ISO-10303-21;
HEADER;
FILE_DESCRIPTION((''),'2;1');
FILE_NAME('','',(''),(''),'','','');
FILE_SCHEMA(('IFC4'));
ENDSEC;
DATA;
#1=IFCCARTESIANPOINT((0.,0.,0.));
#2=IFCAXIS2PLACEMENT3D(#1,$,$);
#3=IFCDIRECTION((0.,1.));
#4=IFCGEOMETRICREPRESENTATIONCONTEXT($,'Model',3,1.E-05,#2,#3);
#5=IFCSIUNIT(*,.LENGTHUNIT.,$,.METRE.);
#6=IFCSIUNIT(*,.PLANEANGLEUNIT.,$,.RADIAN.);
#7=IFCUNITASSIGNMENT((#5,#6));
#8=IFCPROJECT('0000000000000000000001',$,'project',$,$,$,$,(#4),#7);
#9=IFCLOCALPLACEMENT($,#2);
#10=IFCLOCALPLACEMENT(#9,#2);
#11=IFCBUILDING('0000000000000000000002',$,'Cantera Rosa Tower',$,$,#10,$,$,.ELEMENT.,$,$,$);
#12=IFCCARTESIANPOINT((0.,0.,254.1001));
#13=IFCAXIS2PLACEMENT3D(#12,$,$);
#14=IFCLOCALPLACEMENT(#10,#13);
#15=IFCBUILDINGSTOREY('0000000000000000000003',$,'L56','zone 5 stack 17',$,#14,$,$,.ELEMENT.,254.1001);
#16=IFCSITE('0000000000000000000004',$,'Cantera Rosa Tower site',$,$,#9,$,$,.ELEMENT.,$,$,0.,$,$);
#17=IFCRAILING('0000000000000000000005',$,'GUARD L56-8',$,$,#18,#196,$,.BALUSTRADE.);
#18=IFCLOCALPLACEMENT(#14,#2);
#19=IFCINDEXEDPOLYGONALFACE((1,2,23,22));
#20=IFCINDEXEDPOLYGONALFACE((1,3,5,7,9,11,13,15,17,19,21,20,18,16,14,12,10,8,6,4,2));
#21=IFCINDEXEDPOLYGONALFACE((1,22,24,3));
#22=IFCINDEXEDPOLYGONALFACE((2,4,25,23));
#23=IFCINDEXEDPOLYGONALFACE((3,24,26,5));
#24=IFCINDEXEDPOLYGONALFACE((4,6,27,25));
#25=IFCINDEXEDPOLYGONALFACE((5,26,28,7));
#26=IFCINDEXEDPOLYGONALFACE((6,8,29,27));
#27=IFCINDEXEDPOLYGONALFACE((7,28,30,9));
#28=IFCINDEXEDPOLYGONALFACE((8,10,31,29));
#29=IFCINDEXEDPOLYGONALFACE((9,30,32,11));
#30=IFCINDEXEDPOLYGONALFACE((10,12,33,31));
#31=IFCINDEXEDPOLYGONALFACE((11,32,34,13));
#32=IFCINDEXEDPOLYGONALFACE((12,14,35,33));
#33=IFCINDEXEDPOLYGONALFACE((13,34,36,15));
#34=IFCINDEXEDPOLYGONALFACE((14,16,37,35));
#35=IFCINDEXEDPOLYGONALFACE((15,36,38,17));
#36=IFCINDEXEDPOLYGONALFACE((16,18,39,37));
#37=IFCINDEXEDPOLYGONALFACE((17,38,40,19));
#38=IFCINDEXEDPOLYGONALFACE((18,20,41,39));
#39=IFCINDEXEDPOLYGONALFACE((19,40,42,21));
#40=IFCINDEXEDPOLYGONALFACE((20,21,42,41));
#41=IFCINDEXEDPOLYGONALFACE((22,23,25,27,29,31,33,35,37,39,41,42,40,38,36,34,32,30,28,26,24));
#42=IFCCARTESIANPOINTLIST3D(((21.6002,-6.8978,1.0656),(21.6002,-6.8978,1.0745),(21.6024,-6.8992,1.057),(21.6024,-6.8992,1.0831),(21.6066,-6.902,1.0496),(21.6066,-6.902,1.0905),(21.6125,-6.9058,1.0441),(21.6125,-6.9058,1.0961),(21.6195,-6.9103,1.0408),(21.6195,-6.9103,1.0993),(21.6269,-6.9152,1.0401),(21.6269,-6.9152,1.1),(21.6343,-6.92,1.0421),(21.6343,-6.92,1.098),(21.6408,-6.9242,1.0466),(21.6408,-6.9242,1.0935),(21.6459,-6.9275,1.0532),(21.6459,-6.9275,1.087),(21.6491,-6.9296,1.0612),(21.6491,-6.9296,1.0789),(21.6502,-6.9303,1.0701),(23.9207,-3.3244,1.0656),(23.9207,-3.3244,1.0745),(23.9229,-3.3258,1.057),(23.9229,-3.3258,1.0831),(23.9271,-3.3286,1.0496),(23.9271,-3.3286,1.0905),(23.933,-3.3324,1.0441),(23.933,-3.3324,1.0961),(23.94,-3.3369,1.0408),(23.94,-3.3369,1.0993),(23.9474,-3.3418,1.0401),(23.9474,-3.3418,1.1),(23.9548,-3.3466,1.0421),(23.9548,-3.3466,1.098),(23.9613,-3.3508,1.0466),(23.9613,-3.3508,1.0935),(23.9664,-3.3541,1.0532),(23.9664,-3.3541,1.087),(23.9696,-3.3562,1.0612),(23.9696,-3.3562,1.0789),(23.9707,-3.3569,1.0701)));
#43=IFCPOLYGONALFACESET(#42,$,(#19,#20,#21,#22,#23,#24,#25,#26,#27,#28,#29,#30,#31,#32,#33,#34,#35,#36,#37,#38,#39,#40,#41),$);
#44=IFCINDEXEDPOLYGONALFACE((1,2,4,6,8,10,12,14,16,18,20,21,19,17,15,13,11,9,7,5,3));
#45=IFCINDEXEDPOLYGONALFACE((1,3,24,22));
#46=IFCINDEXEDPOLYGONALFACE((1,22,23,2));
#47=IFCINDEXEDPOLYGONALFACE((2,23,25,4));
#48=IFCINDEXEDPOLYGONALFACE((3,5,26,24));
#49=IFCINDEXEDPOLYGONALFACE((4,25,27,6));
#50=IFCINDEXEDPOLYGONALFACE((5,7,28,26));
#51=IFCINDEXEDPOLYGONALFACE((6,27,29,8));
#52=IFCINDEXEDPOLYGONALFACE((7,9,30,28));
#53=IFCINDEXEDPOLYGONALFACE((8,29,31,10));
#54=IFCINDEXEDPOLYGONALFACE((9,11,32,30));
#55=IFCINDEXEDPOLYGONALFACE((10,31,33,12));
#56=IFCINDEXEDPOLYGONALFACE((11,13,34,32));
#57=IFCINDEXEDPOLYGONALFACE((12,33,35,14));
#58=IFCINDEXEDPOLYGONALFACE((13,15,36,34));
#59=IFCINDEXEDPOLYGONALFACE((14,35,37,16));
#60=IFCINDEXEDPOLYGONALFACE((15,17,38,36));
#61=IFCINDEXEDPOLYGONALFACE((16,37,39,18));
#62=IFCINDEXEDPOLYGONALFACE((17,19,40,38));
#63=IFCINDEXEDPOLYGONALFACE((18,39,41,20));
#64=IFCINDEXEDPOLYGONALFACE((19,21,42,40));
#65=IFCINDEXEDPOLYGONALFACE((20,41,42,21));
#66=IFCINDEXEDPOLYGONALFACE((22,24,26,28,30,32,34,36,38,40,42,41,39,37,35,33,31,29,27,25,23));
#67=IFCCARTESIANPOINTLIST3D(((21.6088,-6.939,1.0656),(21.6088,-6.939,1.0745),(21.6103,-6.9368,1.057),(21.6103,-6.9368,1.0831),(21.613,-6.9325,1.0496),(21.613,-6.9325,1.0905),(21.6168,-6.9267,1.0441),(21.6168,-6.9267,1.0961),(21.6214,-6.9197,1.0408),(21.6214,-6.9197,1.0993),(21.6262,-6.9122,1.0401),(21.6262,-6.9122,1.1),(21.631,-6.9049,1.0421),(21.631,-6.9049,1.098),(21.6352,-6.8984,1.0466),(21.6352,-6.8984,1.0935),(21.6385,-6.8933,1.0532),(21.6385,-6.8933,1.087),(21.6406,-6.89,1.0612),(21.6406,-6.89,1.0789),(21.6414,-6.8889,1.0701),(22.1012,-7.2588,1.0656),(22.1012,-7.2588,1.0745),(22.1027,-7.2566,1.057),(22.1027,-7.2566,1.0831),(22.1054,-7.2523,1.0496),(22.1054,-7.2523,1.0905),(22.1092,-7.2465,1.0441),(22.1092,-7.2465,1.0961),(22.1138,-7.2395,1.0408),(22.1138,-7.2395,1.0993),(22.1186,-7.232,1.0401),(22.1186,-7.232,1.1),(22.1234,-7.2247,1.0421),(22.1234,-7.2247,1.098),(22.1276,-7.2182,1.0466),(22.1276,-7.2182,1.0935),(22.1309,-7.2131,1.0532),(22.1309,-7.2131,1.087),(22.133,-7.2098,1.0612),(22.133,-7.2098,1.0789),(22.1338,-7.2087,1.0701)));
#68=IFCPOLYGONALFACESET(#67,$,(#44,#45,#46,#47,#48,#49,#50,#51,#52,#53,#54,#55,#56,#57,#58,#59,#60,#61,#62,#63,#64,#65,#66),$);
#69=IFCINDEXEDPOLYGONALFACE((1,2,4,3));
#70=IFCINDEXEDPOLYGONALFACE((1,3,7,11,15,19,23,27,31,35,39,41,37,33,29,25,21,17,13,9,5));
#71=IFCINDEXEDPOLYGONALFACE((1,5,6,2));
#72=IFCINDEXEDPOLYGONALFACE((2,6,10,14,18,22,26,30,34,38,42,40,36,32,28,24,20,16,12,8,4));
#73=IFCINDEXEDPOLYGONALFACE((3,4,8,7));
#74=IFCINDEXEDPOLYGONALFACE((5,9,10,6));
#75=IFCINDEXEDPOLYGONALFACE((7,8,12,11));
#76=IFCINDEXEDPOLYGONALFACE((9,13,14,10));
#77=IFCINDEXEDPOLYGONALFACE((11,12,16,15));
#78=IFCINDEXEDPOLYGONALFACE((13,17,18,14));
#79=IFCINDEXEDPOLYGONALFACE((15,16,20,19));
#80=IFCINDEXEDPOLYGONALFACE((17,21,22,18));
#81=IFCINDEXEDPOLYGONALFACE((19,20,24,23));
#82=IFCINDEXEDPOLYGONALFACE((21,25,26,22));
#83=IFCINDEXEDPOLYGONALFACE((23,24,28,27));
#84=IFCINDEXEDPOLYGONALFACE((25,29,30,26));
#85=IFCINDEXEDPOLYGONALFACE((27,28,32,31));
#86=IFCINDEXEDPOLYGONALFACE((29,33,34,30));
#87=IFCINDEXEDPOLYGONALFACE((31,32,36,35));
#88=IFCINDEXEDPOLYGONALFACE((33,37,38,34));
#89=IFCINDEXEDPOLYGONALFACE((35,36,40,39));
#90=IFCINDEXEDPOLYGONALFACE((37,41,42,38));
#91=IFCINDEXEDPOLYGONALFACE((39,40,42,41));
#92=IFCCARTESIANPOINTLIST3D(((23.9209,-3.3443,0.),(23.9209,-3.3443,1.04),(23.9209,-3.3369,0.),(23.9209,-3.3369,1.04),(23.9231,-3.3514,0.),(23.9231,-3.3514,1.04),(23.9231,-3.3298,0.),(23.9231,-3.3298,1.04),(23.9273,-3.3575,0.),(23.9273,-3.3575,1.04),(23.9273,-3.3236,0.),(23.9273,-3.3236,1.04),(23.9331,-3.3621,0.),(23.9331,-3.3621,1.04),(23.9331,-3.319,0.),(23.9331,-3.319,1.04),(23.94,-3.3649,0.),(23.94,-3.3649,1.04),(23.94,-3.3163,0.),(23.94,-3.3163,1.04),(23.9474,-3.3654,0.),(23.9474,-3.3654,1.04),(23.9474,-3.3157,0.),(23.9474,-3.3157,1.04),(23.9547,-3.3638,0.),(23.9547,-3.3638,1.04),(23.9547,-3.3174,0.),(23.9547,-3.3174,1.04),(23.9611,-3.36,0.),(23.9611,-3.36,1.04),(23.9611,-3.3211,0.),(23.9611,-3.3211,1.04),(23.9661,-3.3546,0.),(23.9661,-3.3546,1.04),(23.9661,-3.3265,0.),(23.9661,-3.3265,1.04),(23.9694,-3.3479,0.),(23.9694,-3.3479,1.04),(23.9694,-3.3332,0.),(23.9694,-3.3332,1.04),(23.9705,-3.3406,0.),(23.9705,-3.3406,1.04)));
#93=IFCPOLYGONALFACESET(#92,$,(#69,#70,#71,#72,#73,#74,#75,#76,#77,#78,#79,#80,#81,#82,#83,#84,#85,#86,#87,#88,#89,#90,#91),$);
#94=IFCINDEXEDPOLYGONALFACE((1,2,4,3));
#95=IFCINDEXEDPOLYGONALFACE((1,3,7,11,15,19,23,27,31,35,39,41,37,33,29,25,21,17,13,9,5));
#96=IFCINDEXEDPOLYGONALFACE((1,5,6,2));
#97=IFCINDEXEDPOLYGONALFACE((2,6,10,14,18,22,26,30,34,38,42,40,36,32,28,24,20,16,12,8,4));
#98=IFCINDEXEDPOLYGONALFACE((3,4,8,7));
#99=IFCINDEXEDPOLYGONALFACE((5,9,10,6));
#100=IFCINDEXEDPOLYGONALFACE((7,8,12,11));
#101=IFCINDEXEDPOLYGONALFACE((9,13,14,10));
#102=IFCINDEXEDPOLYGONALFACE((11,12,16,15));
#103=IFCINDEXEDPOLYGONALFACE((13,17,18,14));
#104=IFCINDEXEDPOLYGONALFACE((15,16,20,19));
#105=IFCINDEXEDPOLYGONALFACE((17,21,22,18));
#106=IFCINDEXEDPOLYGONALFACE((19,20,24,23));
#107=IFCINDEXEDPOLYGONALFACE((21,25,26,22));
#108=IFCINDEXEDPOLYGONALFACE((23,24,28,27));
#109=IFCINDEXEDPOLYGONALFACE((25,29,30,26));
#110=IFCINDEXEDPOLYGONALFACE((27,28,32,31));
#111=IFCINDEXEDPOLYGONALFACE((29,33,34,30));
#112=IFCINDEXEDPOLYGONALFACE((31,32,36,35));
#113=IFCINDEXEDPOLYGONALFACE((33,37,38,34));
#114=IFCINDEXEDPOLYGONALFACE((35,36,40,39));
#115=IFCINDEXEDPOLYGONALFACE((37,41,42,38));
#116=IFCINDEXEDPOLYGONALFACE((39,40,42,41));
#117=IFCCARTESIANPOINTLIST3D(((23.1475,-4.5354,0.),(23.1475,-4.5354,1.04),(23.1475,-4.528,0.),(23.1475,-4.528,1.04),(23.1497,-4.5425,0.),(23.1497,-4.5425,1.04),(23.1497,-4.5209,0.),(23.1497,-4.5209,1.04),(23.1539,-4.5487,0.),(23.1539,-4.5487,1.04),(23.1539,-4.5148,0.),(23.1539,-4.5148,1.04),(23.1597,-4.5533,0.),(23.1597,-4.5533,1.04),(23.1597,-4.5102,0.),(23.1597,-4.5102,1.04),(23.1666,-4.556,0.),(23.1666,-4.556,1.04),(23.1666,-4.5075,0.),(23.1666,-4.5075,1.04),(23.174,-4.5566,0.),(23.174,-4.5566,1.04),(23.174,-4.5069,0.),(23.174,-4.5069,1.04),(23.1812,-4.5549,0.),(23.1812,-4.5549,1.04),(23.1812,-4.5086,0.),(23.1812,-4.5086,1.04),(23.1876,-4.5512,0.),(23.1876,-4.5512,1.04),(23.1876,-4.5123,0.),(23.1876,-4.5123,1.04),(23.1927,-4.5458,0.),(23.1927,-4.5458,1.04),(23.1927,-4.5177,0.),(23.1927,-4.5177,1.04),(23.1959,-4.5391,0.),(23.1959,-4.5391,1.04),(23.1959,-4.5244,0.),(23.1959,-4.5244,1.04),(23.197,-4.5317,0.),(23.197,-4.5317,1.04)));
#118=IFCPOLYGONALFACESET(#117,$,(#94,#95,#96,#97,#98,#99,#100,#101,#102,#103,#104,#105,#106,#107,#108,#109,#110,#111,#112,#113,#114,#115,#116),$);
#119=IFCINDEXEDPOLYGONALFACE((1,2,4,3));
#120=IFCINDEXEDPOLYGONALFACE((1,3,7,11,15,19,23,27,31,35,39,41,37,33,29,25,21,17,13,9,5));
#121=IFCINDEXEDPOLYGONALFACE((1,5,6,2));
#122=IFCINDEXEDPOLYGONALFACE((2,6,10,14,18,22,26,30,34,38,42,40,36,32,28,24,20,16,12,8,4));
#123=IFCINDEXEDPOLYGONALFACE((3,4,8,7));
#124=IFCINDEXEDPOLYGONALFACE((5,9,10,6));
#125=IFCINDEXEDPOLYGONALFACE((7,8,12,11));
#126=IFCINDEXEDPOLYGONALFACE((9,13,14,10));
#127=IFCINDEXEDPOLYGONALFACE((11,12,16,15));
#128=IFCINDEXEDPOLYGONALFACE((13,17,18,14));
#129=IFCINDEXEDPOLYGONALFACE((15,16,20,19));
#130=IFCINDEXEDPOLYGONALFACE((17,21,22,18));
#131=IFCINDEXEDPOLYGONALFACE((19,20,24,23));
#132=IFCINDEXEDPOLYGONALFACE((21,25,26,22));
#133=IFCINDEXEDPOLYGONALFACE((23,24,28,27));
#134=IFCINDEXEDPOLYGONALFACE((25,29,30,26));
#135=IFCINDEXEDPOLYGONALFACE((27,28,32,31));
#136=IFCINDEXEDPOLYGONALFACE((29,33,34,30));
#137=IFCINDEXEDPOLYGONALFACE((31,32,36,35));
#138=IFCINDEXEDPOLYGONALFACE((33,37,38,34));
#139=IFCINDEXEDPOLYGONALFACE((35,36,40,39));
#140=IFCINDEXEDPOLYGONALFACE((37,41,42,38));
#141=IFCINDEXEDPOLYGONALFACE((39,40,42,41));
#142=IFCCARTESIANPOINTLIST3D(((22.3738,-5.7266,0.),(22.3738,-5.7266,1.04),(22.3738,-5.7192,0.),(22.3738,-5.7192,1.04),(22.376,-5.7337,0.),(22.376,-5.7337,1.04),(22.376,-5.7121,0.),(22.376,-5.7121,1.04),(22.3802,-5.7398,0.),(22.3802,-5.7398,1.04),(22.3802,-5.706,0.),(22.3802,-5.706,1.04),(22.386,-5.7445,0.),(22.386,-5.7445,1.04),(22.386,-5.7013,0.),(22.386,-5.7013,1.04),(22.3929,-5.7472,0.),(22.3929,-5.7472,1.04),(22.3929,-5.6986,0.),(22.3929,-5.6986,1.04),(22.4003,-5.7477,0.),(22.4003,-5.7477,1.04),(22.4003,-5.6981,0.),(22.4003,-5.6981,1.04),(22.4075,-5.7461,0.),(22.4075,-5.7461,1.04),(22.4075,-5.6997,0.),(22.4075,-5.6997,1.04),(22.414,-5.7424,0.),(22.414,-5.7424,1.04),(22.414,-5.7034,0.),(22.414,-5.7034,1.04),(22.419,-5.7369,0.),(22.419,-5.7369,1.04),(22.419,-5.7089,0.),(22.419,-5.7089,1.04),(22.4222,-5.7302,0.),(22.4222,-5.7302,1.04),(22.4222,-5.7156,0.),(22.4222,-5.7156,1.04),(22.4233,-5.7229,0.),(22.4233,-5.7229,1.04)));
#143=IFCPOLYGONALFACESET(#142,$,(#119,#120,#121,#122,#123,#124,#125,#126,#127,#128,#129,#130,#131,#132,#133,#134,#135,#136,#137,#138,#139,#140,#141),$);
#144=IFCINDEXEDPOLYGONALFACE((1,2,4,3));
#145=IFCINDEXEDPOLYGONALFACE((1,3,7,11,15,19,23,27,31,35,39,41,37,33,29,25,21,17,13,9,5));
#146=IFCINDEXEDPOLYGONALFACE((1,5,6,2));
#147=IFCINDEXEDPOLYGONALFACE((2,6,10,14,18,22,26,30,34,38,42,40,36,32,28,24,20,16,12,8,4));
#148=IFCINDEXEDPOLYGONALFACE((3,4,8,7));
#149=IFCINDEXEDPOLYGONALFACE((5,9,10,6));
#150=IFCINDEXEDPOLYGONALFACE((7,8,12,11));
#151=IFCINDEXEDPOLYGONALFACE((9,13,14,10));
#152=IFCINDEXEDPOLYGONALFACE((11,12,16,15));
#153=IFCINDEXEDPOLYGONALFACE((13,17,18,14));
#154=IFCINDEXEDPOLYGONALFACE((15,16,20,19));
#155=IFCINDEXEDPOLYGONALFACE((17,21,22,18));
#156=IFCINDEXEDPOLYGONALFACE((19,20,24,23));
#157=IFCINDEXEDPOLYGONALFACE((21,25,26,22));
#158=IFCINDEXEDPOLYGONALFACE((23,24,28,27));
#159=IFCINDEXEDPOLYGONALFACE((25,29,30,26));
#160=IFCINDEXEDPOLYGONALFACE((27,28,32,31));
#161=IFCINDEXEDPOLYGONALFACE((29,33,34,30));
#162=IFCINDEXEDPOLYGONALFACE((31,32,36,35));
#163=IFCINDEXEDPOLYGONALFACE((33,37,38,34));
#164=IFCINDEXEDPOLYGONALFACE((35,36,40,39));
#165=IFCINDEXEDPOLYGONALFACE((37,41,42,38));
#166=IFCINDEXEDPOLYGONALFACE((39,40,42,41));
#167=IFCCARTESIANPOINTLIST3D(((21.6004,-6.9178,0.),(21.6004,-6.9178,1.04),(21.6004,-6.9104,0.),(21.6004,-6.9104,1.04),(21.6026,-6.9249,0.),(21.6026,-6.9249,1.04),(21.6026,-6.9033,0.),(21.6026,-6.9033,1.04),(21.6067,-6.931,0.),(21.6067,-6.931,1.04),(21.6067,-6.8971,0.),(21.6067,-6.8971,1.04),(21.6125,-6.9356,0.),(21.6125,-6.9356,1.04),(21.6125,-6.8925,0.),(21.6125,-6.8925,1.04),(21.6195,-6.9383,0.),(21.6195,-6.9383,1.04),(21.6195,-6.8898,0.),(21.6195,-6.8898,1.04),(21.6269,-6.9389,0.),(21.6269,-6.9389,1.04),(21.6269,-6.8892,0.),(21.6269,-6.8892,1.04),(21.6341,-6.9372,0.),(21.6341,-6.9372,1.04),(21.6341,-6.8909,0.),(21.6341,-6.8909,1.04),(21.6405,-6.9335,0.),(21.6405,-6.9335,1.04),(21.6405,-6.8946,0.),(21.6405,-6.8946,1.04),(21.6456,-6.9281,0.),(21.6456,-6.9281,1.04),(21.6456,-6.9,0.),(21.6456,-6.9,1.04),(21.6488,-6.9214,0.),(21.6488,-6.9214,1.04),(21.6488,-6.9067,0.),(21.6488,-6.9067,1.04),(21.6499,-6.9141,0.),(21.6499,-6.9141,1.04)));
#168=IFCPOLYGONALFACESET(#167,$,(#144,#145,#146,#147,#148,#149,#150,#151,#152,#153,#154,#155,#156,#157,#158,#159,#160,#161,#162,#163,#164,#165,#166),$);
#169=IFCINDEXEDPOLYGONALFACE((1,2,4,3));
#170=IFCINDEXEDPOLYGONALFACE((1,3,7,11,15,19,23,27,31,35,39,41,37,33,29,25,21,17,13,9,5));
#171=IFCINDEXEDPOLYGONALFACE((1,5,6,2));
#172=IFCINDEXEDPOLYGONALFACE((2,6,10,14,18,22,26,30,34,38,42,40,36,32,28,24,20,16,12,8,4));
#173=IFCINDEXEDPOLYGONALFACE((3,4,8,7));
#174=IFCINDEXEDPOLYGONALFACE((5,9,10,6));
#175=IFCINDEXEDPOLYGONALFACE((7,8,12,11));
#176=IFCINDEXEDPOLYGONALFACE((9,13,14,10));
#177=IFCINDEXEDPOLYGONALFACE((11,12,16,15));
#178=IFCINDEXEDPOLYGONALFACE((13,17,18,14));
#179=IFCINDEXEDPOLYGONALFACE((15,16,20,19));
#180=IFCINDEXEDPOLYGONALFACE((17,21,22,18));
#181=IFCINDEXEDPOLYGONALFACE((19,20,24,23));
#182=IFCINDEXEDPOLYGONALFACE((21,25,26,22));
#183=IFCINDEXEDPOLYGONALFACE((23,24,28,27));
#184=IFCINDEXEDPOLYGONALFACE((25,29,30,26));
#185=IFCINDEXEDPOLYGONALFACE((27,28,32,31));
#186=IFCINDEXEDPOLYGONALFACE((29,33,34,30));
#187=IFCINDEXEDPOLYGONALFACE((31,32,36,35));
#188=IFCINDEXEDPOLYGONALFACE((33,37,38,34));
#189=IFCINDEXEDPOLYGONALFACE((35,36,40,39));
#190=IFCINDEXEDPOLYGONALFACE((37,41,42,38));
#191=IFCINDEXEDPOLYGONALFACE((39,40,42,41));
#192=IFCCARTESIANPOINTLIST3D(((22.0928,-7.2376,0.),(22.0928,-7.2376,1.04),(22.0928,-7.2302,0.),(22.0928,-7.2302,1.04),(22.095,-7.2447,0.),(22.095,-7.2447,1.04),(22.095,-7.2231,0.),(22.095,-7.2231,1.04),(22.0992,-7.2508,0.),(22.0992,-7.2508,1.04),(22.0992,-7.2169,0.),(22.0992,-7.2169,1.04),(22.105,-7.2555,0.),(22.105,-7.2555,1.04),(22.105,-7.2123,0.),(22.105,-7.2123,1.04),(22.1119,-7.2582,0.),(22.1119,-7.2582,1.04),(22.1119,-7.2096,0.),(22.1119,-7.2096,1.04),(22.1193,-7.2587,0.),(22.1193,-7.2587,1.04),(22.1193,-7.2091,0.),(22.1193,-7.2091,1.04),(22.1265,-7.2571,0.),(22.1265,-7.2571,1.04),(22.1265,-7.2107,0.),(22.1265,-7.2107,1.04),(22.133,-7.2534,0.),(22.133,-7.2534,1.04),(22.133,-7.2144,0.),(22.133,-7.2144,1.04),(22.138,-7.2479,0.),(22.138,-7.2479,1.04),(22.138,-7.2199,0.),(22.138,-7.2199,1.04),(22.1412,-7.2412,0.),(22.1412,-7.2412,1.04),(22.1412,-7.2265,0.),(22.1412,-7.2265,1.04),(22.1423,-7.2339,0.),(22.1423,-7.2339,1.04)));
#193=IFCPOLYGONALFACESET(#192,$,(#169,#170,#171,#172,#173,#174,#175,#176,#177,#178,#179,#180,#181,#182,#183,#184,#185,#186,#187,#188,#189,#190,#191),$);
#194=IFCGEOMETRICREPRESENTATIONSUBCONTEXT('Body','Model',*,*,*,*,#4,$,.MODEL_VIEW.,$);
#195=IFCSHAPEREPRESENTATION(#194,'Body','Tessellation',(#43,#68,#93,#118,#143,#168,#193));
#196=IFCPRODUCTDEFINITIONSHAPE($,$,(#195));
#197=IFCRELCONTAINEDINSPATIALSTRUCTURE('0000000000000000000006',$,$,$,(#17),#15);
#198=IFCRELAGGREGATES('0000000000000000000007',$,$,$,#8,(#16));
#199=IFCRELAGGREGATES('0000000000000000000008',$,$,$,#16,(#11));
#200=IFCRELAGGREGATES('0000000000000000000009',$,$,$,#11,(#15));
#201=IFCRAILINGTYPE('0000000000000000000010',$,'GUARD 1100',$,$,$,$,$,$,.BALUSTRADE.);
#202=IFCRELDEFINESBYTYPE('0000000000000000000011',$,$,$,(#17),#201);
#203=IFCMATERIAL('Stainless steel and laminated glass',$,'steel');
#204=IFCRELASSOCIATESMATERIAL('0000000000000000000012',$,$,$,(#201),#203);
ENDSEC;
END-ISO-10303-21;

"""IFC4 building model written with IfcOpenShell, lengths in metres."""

from ifc_helpers import new_model, si_unit, direction, frame, origin, origin_2d, place, context, subcontext, project, spatial, circle, extrude, material, type_object, element, save


model = new_model("IFC4")

# Units and contexts
model_context = context("Model", 3, precision=1e-05, world=origin(), true_north=direction((0.0, 1.0)))
body_context = subcontext(model_context, "Body", "Model", "MODEL_VIEW")
ifc_project = project(units=[si_unit("LENGTHUNIT", "METRE"), si_unit("PLANEANGLEUNIT", "RADIAN")], contexts=[model_context])

# Site, building, storey
site_placement = place(None, origin())
site = spatial("IfcSite", under=ifc_project, at=site_placement, Name="Cantera Rosa Tower site", CompositionType="ELEMENT", RefElevation=0.0)
building_placement = place(site_placement, origin())
building = spatial("IfcBuilding", under=site, at=building_placement, Name="Cantera Rosa Tower", CompositionType="ELEMENT")
storey_placement = place(building_placement, frame((0.0, 0.0, 254.1001)))
storey = spatial("IfcBuildingStorey", under=building, at=storey_placement, Name="L56", Description="zone 5 stack 17", CompositionType="ELEMENT", Elevation=254.1001)

# Railing
ifc_material_1 = material(Name="Stainless steel and laminated glass", Category="steel")
railing_type = type_object("IfcRailingType", Name="GUARD 1100", PredefinedType="BALUSTRADE", material=ifc_material_1)
railing_1_placement = place(storey_placement, frame((23.9456, -3.3406, 0.0)))
element("IfcRailing", 1, at=railing_1_placement, inside=storey, type_object=railing_type, Name="GUARD L56-8", PredefinedType="BALUSTRADE", context=body_context, shape_type="SweptSolid", body=[
    extrude(circle(Radius=0.03, at=origin_2d()), frame((0.0, 0.0, 1.0701), z_axis=(-0.544624, -0.83868, 0.0), x_axis=(0.83868, -0.544624, 0.0)), (0.0, 0.0, 1.0), 4.2607),
    extrude(circle(Radius=0.03, at=origin_2d()), frame((-2.3206, -3.5735, 1.0701), z_axis=(0.838643, -0.544681, 0.0), x_axis=(0.544681, 0.838643, 0.0)), (0.0, 0.0, 1.0), 0.5872),
    extrude(circle(Radius=0.0249, at=origin_2d()), origin(), (0.0, 0.0, 1.0), 1.04),
    extrude(circle(Radius=0.0249, at=origin_2d()), frame((-0.7734, -1.1912, 0.0)), (0.0, 0.0, 1.0), 1.04),
    extrude(circle(Radius=0.0249, at=origin_2d()), frame((-1.5471, -2.3823, 0.0)), (0.0, 0.0, 1.0), 1.04),
    extrude(circle(Radius=0.0249, at=origin_2d()), frame((-2.3206, -3.5735, 0.0)), (0.0, 0.0, 1.0), 1.04),
    extrude(circle(Radius=0.0249, at=origin_2d()), frame((-1.8281, -3.8933, 0.0)), (0.0, 0.0, 1.0), 1.04),
])

save(model, "model.ifc")
